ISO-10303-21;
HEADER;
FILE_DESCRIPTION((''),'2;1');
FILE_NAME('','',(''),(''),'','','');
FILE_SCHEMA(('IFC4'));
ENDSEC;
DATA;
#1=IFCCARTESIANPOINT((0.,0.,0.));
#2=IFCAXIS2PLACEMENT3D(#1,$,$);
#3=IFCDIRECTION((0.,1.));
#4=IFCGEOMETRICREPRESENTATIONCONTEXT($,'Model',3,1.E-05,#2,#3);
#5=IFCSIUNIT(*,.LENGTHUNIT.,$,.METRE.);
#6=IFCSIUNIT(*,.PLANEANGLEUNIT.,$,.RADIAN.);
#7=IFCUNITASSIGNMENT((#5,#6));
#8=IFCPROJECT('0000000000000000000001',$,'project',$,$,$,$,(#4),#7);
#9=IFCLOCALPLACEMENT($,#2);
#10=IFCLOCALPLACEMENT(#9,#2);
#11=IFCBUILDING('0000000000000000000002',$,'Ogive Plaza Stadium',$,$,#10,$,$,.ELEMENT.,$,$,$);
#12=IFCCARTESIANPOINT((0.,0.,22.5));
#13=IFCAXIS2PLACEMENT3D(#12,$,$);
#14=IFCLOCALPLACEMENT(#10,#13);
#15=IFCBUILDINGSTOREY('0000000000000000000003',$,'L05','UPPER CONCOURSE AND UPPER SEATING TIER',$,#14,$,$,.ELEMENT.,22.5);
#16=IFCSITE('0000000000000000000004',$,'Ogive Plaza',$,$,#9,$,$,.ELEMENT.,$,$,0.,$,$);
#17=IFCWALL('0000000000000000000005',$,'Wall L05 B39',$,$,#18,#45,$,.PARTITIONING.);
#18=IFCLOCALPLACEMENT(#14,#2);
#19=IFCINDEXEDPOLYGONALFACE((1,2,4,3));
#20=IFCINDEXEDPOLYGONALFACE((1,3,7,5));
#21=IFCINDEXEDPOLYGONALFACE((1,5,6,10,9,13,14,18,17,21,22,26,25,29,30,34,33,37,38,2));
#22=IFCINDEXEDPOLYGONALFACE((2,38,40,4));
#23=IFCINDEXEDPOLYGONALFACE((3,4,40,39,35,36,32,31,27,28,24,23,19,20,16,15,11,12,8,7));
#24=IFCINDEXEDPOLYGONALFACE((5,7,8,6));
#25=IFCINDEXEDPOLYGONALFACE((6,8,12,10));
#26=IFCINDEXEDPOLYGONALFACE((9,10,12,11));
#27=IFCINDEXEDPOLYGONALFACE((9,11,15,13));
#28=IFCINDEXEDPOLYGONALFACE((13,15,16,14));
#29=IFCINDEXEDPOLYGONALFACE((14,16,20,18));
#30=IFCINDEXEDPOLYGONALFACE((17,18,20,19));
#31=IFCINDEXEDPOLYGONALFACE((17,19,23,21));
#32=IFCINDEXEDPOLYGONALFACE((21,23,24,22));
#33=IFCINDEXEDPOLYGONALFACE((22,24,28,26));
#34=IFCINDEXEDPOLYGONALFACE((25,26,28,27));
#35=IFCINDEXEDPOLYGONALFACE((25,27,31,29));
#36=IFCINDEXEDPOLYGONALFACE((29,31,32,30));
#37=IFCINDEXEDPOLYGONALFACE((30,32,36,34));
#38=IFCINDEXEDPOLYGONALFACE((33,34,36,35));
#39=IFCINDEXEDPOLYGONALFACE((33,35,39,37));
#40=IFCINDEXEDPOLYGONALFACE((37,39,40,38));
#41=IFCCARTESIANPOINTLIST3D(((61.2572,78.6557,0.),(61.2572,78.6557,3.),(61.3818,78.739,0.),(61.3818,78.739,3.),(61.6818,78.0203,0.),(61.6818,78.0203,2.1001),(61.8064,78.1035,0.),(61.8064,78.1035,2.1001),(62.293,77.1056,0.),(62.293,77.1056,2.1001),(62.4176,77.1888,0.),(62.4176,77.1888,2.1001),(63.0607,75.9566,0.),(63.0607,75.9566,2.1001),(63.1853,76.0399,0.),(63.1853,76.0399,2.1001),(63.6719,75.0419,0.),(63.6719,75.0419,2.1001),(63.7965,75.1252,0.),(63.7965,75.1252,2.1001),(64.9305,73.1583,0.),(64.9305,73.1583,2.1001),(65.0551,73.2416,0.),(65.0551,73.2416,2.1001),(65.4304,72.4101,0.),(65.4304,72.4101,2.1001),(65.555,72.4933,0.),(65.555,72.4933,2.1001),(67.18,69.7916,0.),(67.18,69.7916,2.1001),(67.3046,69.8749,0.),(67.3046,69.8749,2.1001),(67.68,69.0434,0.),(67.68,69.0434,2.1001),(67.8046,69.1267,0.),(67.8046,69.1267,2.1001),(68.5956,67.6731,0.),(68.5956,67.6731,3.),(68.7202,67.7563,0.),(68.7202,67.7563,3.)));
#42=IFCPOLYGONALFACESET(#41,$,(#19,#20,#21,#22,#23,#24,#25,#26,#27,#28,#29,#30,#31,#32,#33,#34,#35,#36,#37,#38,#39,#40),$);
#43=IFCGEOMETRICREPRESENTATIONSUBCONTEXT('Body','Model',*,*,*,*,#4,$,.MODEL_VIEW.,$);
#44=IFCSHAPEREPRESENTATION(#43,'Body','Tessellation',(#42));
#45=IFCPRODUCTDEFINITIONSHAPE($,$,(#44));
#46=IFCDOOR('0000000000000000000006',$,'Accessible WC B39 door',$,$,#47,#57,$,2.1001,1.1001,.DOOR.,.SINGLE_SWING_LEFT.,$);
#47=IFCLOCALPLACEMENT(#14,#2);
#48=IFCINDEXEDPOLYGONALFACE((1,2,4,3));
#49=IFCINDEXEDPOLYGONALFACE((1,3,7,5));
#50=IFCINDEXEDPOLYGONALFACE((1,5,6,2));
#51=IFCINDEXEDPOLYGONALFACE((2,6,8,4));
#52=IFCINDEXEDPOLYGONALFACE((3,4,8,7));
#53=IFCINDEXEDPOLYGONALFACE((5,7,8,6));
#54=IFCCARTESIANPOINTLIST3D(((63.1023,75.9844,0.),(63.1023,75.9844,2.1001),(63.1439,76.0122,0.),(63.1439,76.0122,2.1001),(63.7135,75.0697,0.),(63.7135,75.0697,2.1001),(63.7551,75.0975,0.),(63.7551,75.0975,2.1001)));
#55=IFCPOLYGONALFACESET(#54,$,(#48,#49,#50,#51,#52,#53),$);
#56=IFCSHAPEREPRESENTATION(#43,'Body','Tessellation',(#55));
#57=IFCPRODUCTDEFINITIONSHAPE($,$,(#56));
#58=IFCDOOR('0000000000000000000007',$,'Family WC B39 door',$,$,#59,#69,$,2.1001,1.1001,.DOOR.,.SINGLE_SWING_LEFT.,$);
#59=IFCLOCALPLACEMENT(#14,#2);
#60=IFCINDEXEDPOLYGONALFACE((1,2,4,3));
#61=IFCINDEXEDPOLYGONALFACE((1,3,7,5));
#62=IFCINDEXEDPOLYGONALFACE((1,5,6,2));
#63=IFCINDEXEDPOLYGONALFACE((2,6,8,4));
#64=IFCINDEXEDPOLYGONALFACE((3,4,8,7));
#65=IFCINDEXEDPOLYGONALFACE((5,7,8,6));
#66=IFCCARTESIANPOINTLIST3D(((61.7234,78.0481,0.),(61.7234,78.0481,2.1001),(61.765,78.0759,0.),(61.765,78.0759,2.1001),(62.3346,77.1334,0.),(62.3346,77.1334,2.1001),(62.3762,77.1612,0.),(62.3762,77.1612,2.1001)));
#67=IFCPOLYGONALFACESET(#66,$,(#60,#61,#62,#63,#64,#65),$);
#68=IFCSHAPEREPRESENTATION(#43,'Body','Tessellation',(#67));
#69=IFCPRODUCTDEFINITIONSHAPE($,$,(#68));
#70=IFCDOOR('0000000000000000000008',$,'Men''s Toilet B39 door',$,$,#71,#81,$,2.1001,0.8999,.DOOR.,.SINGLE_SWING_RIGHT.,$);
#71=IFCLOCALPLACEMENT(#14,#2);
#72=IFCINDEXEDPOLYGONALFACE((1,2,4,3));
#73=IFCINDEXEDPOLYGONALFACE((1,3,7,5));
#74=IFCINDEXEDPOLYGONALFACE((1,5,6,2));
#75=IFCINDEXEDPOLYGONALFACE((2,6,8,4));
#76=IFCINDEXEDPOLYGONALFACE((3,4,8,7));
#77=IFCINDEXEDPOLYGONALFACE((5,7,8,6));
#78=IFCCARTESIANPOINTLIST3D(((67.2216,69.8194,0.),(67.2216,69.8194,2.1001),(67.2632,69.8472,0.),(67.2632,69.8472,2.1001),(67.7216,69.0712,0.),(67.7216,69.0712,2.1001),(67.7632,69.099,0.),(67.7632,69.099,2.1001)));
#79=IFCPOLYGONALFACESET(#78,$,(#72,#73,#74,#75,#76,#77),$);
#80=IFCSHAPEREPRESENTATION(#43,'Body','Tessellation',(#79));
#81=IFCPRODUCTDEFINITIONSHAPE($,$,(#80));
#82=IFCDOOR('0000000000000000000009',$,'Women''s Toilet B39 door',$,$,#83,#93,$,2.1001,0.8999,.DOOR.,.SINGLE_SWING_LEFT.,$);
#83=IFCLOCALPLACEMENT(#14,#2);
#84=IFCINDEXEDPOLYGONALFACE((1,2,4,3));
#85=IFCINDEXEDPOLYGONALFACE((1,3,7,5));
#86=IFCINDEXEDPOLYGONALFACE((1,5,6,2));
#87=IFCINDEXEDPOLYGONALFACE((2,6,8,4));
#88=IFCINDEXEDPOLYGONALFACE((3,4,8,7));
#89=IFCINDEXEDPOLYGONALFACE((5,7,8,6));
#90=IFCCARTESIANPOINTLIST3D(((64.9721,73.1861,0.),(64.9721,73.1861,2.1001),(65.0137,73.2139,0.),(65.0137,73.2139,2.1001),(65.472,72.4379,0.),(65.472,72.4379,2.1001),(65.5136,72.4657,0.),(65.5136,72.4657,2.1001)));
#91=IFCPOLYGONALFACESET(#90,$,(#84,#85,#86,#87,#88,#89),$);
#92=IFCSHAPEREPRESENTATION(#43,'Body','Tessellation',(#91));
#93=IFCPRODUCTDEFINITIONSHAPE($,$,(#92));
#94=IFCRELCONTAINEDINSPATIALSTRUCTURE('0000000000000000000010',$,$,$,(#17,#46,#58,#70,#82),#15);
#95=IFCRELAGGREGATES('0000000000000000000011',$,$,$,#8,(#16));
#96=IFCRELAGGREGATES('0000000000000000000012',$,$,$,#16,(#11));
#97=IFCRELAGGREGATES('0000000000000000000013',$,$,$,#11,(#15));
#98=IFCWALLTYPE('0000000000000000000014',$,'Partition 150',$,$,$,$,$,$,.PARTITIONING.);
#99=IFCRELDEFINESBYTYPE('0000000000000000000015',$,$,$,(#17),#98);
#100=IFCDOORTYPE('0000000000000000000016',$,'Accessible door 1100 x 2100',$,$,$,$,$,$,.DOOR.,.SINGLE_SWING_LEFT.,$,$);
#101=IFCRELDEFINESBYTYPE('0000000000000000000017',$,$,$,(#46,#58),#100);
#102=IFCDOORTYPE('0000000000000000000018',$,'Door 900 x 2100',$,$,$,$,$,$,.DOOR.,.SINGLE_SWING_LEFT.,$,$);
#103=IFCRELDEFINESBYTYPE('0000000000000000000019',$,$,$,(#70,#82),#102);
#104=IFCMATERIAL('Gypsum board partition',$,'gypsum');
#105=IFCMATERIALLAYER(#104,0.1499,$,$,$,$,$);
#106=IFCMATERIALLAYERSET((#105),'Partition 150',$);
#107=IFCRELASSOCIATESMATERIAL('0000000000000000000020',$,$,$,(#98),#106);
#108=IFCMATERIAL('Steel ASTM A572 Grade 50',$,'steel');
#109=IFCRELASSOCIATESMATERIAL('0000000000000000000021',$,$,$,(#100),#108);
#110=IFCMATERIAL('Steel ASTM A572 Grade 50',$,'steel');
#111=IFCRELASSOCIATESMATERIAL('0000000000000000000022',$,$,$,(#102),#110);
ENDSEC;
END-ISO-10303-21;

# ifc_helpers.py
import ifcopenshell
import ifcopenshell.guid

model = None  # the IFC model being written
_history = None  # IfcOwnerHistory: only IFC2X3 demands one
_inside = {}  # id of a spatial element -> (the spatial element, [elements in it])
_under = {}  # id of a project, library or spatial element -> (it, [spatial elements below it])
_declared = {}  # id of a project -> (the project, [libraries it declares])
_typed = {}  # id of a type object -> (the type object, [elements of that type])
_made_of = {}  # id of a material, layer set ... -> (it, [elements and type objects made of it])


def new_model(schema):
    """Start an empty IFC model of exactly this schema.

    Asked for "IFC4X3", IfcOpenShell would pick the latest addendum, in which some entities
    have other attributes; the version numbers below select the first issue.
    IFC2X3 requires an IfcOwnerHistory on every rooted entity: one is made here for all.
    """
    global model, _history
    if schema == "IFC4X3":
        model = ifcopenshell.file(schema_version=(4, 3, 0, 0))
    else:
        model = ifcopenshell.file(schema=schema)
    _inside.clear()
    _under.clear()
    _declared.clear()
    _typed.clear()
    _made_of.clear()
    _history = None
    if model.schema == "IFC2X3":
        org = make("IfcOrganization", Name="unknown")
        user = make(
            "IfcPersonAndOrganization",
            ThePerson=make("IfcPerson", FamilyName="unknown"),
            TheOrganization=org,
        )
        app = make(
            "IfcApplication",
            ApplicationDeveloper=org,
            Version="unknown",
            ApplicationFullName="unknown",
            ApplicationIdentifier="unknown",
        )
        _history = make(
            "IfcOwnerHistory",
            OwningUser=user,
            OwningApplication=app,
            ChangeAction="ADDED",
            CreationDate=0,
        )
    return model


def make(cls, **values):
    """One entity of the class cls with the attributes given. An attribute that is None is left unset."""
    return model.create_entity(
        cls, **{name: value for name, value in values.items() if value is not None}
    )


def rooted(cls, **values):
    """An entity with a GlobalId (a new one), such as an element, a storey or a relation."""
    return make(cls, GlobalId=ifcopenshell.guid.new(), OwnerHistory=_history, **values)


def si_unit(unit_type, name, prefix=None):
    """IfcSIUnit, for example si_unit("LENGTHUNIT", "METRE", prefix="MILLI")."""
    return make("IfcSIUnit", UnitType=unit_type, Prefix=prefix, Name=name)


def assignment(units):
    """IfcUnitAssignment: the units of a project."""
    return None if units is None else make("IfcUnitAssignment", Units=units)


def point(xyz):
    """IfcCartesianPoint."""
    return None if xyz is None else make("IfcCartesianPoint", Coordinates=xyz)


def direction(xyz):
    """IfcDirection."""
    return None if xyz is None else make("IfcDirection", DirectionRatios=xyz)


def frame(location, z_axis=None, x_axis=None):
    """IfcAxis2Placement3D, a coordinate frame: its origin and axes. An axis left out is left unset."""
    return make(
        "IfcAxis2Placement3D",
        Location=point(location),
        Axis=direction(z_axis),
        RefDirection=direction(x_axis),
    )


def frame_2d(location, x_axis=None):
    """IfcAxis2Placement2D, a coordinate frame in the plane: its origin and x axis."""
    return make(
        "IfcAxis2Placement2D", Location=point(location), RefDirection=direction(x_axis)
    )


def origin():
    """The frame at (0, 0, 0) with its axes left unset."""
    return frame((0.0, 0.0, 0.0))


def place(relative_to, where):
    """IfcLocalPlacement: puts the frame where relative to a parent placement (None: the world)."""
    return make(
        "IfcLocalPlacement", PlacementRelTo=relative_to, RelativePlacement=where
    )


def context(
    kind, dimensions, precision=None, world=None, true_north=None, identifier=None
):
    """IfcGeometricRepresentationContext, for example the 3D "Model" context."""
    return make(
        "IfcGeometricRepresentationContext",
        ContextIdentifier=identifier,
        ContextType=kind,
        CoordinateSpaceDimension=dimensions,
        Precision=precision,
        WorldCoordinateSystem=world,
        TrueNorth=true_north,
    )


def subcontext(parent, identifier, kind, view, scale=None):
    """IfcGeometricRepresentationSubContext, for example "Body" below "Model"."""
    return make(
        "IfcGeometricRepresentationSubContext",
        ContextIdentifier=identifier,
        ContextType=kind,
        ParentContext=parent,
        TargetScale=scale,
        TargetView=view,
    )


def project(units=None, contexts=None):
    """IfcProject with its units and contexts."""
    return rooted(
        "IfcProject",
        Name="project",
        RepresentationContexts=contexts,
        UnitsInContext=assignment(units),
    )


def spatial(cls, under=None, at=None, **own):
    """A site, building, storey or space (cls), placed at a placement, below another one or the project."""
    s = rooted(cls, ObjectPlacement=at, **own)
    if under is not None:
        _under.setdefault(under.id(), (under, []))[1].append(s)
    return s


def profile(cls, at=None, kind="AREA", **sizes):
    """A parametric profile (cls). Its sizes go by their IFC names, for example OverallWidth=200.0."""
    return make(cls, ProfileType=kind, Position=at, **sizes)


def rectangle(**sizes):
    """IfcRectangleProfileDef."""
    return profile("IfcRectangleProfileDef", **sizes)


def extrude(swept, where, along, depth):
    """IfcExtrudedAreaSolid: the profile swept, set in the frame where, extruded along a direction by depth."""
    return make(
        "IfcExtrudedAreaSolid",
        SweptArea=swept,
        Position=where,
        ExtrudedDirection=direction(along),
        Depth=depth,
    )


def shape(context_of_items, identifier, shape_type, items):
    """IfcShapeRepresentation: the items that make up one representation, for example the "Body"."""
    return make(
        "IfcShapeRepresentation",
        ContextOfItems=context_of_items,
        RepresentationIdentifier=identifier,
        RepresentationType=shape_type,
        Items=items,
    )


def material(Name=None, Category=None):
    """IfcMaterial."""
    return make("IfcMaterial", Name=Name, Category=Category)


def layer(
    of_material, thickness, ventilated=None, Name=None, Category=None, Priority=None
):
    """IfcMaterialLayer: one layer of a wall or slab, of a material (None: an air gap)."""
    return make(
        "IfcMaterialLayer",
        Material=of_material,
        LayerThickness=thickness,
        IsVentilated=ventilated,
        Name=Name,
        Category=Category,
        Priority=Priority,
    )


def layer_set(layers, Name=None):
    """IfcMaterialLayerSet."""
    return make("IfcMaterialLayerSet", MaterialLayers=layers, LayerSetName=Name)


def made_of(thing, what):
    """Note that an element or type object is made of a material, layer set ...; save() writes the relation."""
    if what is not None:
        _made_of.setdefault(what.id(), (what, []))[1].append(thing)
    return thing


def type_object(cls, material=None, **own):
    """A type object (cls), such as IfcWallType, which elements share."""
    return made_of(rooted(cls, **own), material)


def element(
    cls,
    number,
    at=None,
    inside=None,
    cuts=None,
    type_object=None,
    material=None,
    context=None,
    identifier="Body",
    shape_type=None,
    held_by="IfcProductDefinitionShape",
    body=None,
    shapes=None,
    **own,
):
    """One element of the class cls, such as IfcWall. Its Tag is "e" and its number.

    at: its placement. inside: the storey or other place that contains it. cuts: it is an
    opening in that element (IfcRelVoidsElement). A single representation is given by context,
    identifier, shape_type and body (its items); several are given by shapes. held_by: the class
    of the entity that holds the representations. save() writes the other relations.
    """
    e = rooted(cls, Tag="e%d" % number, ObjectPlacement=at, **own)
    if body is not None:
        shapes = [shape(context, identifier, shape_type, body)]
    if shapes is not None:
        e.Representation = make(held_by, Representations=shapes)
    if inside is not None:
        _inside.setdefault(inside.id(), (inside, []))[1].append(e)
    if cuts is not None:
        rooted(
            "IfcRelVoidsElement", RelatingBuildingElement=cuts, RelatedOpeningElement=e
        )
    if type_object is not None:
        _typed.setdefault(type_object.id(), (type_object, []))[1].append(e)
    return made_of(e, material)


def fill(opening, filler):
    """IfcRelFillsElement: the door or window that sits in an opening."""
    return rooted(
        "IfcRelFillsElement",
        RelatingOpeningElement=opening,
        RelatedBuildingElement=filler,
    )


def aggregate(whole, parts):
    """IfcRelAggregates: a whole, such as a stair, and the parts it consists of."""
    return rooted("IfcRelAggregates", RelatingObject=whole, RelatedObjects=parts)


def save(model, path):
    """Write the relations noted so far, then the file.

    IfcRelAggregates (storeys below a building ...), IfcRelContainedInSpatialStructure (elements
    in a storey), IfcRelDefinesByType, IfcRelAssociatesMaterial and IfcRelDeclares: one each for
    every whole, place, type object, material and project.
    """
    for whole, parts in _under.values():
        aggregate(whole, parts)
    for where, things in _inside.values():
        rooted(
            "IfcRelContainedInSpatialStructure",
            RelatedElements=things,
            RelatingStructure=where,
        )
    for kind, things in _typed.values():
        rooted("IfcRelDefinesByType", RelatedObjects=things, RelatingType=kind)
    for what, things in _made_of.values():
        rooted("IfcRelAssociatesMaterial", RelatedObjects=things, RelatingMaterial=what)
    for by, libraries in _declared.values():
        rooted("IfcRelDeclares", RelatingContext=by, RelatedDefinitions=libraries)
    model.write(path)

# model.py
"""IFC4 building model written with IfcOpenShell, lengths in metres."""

from ifc_helpers import new_model, si_unit, direction, frame, frame_2d, origin, place, context, subcontext, project, spatial, rectangle, extrude, material, layer, layer_set, type_object, element, fill, save


model = new_model("IFC4")

# Units and contexts
model_context = context("Model", 3, precision=1e-05, world=origin(), true_north=direction((0.0, 1.0)))
body_context = subcontext(model_context, "Body", "Model", "MODEL_VIEW")
ifc_project = project(units=[si_unit("LENGTHUNIT", "METRE"), si_unit("PLANEANGLEUNIT", "RADIAN")], contexts=[model_context])

# Site, building, storey
site_placement = place(None, origin())
site = spatial("IfcSite", under=ifc_project, at=site_placement, Name="Ogive Plaza", CompositionType="ELEMENT", RefElevation=0.0)
building_placement = place(site_placement, origin())
building = spatial("IfcBuilding", under=site, at=building_placement, Name="Ogive Plaza Stadium", CompositionType="ELEMENT")
storey_placement = place(building_placement, frame((0.0, 0.0, 22.5)))
storey = spatial("IfcBuildingStorey", under=building, at=storey_placement, Name="L05", Description="UPPER CONCOURSE AND UPPER SEATING TIER", CompositionType="ELEMENT", Elevation=22.5)

# Wall, openings, doors
ifc_material_1 = material(Name="Gypsum board partition", Category="gypsum")
ifc_layer_1 = layer(ifc_material_1, 0.1499)
ifc_layer_set_1 = layer_set([ifc_layer_1], Name="Partition 150")
wall_type_1 = type_object("IfcWallType", Name="Partition 150", PredefinedType="PARTITIONING", material=ifc_layer_set_1)
ifc_material_2 = material(Name="Steel ASTM A572 Grade 50", Category="steel")
door_type_1 = type_object("IfcDoorType", Name="Accessible door 1100 x 2100", OperationType="SINGLE_SWING_LEFT", PredefinedType="DOOR", material=ifc_material_2)
ifc_material_3 = material(Name="Steel ASTM A572 Grade 50", Category="steel")
door_type_2 = type_object("IfcDoorType", Name="Door 900 x 2100", OperationType="SINGLE_SWING_LEFT", PredefinedType="DOOR", material=ifc_material_3)
wall_1_placement = place(storey_placement, frame((68.658, 67.7146, 0.0), z_axis=(0.0, 0.0, 1.0), x_axis=(-0.55557, 0.83147, 0.0)))
wall_1 = element("IfcWall", 1, at=wall_1_placement, inside=storey, type_object=wall_type_1, Name="Wall L05 B39", PredefinedType="PARTITIONING", context=body_context, shape_type="SweptSolid", body=[
    extrude(rectangle(XDim=13.2087, YDim=0.1499, at=frame_2d((6.6045, 0.0))), origin(), (0.0, 0.0, 1.0), 3.0),
])
opening_1_placement = place(wall_1_placement, frame((1.6482, 0.0, 0.0)))
opening_1 = element("IfcOpeningElement", 2, at=opening_1_placement, cuts=wall_1, PredefinedType="OPENING", context=body_context, shape_type="SweptSolid", body=[
    extrude(rectangle(XDim=0.8999, YDim=2.1001, at=frame_2d((0.45, 1.05))), frame((0.0, 0.075, 0.0), z_axis=(0.0, -1.0, 0.0), x_axis=(1.0, 0.0, 0.0)), (0.0, 0.0, 1.0), 0.1499),
])
opening_2_placement = place(wall_1_placement, frame((5.6973, 0.0, 0.0)))
opening_2 = element("IfcOpeningElement", 3, at=opening_2_placement, cuts=wall_1, PredefinedType="OPENING", context=body_context, shape_type="SweptSolid", body=[
    extrude(rectangle(XDim=0.8999, YDim=2.1001, at=frame_2d((0.45, 1.05))), frame((0.0, 0.075, 0.0), z_axis=(0.0, -1.0, 0.0), x_axis=(1.0, 0.0, 0.0)), (0.0, 0.0, 1.0), 0.1499),
])
opening_3_placement = place(wall_1_placement, frame((8.8625, 0.0, 0.0)))
opening_3 = element("IfcOpeningElement", 4, at=opening_3_placement, cuts=wall_1, PredefinedType="OPENING", context=body_context, shape_type="SweptSolid", body=[
    extrude(rectangle(XDim=1.1001, YDim=2.1001, at=frame_2d((0.55, 1.05))), frame((0.0, 0.075, 0.0), z_axis=(0.0, -1.0, 0.0), x_axis=(1.0, 0.0, 0.0)), (0.0, 0.0, 1.0), 0.1499),
])
opening_4_placement = place(wall_1_placement, frame((11.3445, 0.0, 0.0)))
opening_4 = element("IfcOpeningElement", 5, at=opening_4_placement, cuts=wall_1, PredefinedType="OPENING", context=body_context, shape_type="SweptSolid", body=[
    extrude(rectangle(XDim=1.1001, YDim=2.1001, at=frame_2d((0.55, 1.05))), frame((0.0, 0.075, 0.0), z_axis=(0.0, -1.0, 0.0), x_axis=(1.0, 0.0, 0.0)), (0.0, 0.0, 1.0), 0.1499),
])
door_1_placement = place(opening_3_placement, origin())
door_1 = element("IfcDoor", 6, at=door_1_placement, inside=storey, type_object=door_type_1, Name="Accessible WC B39 door", OperationType="SINGLE_SWING_LEFT", OverallHeight=2.1001, OverallWidth=1.1001, PredefinedType="DOOR", context=body_context, shape_type="SweptSolid", body=[
    extrude(rectangle(XDim=1.1001, YDim=2.1001, at=frame_2d((0.55, 1.05))), frame((0.0, 0.0249, 0.0), z_axis=(0.0, -1.0, 0.0), x_axis=(1.0, 0.0, 0.0)), (0.0, 0.0, 1.0), 0.05),
])
fill(opening_3, door_1)
door_2_placement = place(opening_4_placement, origin())
door_2 = element("IfcDoor", 7, at=door_2_placement, inside=storey, type_object=door_type_1, Name="Family WC B39 door", OperationType="SINGLE_SWING_LEFT", OverallHeight=2.1001, OverallWidth=1.1001, PredefinedType="DOOR", context=body_context, shape_type="SweptSolid", body=[
    extrude(rectangle(XDim=1.1001, YDim=2.1001, at=frame_2d((0.55, 1.05))), frame((0.0, 0.0249, 0.0), z_axis=(0.0, -1.0, 0.0), x_axis=(1.0, 0.0, 0.0)), (0.0, 0.0, 1.0), 0.05),
])
fill(opening_4, door_2)
door_3_placement = place(opening_1_placement, origin())
door_3 = element("IfcDoor", 8, at=door_3_placement, inside=storey, type_object=door_type_2, Name="Men's Toilet B39 door", OperationType="SINGLE_SWING_RIGHT", OverallHeight=2.1001, OverallWidth=0.8999, PredefinedType="DOOR", context=body_context, shape_type="SweptSolid", body=[
    extrude(rectangle(XDim=0.8999, YDim=2.1001, at=frame_2d((0.45, 1.05))), frame((0.0, 0.0249, 0.0), z_axis=(0.0, -1.0, 0.0), x_axis=(1.0, 0.0, 0.0)), (0.0, 0.0, 1.0), 0.05),
])
fill(opening_1, door_3)
door_4_placement = place(opening_2_placement, origin())
door_4 = element("IfcDoor", 9, at=door_4_placement, inside=storey, type_object=door_type_2, Name="Women's Toilet B39 door", OperationType="SINGLE_SWING_LEFT", OverallHeight=2.1001, OverallWidth=0.8999, PredefinedType="DOOR", context=body_context, shape_type="SweptSolid", body=[
    extrude(rectangle(XDim=0.8999, YDim=2.1001, at=frame_2d((0.45, 1.05))), frame((0.0, 0.0249, 0.0), z_axis=(0.0, -1.0, 0.0), x_axis=(1.0, 0.0, 0.0)), (0.0, 0.0, 1.0), 0.05),
])
fill(opening_2, door_4)

save(model, "model.ifc")
